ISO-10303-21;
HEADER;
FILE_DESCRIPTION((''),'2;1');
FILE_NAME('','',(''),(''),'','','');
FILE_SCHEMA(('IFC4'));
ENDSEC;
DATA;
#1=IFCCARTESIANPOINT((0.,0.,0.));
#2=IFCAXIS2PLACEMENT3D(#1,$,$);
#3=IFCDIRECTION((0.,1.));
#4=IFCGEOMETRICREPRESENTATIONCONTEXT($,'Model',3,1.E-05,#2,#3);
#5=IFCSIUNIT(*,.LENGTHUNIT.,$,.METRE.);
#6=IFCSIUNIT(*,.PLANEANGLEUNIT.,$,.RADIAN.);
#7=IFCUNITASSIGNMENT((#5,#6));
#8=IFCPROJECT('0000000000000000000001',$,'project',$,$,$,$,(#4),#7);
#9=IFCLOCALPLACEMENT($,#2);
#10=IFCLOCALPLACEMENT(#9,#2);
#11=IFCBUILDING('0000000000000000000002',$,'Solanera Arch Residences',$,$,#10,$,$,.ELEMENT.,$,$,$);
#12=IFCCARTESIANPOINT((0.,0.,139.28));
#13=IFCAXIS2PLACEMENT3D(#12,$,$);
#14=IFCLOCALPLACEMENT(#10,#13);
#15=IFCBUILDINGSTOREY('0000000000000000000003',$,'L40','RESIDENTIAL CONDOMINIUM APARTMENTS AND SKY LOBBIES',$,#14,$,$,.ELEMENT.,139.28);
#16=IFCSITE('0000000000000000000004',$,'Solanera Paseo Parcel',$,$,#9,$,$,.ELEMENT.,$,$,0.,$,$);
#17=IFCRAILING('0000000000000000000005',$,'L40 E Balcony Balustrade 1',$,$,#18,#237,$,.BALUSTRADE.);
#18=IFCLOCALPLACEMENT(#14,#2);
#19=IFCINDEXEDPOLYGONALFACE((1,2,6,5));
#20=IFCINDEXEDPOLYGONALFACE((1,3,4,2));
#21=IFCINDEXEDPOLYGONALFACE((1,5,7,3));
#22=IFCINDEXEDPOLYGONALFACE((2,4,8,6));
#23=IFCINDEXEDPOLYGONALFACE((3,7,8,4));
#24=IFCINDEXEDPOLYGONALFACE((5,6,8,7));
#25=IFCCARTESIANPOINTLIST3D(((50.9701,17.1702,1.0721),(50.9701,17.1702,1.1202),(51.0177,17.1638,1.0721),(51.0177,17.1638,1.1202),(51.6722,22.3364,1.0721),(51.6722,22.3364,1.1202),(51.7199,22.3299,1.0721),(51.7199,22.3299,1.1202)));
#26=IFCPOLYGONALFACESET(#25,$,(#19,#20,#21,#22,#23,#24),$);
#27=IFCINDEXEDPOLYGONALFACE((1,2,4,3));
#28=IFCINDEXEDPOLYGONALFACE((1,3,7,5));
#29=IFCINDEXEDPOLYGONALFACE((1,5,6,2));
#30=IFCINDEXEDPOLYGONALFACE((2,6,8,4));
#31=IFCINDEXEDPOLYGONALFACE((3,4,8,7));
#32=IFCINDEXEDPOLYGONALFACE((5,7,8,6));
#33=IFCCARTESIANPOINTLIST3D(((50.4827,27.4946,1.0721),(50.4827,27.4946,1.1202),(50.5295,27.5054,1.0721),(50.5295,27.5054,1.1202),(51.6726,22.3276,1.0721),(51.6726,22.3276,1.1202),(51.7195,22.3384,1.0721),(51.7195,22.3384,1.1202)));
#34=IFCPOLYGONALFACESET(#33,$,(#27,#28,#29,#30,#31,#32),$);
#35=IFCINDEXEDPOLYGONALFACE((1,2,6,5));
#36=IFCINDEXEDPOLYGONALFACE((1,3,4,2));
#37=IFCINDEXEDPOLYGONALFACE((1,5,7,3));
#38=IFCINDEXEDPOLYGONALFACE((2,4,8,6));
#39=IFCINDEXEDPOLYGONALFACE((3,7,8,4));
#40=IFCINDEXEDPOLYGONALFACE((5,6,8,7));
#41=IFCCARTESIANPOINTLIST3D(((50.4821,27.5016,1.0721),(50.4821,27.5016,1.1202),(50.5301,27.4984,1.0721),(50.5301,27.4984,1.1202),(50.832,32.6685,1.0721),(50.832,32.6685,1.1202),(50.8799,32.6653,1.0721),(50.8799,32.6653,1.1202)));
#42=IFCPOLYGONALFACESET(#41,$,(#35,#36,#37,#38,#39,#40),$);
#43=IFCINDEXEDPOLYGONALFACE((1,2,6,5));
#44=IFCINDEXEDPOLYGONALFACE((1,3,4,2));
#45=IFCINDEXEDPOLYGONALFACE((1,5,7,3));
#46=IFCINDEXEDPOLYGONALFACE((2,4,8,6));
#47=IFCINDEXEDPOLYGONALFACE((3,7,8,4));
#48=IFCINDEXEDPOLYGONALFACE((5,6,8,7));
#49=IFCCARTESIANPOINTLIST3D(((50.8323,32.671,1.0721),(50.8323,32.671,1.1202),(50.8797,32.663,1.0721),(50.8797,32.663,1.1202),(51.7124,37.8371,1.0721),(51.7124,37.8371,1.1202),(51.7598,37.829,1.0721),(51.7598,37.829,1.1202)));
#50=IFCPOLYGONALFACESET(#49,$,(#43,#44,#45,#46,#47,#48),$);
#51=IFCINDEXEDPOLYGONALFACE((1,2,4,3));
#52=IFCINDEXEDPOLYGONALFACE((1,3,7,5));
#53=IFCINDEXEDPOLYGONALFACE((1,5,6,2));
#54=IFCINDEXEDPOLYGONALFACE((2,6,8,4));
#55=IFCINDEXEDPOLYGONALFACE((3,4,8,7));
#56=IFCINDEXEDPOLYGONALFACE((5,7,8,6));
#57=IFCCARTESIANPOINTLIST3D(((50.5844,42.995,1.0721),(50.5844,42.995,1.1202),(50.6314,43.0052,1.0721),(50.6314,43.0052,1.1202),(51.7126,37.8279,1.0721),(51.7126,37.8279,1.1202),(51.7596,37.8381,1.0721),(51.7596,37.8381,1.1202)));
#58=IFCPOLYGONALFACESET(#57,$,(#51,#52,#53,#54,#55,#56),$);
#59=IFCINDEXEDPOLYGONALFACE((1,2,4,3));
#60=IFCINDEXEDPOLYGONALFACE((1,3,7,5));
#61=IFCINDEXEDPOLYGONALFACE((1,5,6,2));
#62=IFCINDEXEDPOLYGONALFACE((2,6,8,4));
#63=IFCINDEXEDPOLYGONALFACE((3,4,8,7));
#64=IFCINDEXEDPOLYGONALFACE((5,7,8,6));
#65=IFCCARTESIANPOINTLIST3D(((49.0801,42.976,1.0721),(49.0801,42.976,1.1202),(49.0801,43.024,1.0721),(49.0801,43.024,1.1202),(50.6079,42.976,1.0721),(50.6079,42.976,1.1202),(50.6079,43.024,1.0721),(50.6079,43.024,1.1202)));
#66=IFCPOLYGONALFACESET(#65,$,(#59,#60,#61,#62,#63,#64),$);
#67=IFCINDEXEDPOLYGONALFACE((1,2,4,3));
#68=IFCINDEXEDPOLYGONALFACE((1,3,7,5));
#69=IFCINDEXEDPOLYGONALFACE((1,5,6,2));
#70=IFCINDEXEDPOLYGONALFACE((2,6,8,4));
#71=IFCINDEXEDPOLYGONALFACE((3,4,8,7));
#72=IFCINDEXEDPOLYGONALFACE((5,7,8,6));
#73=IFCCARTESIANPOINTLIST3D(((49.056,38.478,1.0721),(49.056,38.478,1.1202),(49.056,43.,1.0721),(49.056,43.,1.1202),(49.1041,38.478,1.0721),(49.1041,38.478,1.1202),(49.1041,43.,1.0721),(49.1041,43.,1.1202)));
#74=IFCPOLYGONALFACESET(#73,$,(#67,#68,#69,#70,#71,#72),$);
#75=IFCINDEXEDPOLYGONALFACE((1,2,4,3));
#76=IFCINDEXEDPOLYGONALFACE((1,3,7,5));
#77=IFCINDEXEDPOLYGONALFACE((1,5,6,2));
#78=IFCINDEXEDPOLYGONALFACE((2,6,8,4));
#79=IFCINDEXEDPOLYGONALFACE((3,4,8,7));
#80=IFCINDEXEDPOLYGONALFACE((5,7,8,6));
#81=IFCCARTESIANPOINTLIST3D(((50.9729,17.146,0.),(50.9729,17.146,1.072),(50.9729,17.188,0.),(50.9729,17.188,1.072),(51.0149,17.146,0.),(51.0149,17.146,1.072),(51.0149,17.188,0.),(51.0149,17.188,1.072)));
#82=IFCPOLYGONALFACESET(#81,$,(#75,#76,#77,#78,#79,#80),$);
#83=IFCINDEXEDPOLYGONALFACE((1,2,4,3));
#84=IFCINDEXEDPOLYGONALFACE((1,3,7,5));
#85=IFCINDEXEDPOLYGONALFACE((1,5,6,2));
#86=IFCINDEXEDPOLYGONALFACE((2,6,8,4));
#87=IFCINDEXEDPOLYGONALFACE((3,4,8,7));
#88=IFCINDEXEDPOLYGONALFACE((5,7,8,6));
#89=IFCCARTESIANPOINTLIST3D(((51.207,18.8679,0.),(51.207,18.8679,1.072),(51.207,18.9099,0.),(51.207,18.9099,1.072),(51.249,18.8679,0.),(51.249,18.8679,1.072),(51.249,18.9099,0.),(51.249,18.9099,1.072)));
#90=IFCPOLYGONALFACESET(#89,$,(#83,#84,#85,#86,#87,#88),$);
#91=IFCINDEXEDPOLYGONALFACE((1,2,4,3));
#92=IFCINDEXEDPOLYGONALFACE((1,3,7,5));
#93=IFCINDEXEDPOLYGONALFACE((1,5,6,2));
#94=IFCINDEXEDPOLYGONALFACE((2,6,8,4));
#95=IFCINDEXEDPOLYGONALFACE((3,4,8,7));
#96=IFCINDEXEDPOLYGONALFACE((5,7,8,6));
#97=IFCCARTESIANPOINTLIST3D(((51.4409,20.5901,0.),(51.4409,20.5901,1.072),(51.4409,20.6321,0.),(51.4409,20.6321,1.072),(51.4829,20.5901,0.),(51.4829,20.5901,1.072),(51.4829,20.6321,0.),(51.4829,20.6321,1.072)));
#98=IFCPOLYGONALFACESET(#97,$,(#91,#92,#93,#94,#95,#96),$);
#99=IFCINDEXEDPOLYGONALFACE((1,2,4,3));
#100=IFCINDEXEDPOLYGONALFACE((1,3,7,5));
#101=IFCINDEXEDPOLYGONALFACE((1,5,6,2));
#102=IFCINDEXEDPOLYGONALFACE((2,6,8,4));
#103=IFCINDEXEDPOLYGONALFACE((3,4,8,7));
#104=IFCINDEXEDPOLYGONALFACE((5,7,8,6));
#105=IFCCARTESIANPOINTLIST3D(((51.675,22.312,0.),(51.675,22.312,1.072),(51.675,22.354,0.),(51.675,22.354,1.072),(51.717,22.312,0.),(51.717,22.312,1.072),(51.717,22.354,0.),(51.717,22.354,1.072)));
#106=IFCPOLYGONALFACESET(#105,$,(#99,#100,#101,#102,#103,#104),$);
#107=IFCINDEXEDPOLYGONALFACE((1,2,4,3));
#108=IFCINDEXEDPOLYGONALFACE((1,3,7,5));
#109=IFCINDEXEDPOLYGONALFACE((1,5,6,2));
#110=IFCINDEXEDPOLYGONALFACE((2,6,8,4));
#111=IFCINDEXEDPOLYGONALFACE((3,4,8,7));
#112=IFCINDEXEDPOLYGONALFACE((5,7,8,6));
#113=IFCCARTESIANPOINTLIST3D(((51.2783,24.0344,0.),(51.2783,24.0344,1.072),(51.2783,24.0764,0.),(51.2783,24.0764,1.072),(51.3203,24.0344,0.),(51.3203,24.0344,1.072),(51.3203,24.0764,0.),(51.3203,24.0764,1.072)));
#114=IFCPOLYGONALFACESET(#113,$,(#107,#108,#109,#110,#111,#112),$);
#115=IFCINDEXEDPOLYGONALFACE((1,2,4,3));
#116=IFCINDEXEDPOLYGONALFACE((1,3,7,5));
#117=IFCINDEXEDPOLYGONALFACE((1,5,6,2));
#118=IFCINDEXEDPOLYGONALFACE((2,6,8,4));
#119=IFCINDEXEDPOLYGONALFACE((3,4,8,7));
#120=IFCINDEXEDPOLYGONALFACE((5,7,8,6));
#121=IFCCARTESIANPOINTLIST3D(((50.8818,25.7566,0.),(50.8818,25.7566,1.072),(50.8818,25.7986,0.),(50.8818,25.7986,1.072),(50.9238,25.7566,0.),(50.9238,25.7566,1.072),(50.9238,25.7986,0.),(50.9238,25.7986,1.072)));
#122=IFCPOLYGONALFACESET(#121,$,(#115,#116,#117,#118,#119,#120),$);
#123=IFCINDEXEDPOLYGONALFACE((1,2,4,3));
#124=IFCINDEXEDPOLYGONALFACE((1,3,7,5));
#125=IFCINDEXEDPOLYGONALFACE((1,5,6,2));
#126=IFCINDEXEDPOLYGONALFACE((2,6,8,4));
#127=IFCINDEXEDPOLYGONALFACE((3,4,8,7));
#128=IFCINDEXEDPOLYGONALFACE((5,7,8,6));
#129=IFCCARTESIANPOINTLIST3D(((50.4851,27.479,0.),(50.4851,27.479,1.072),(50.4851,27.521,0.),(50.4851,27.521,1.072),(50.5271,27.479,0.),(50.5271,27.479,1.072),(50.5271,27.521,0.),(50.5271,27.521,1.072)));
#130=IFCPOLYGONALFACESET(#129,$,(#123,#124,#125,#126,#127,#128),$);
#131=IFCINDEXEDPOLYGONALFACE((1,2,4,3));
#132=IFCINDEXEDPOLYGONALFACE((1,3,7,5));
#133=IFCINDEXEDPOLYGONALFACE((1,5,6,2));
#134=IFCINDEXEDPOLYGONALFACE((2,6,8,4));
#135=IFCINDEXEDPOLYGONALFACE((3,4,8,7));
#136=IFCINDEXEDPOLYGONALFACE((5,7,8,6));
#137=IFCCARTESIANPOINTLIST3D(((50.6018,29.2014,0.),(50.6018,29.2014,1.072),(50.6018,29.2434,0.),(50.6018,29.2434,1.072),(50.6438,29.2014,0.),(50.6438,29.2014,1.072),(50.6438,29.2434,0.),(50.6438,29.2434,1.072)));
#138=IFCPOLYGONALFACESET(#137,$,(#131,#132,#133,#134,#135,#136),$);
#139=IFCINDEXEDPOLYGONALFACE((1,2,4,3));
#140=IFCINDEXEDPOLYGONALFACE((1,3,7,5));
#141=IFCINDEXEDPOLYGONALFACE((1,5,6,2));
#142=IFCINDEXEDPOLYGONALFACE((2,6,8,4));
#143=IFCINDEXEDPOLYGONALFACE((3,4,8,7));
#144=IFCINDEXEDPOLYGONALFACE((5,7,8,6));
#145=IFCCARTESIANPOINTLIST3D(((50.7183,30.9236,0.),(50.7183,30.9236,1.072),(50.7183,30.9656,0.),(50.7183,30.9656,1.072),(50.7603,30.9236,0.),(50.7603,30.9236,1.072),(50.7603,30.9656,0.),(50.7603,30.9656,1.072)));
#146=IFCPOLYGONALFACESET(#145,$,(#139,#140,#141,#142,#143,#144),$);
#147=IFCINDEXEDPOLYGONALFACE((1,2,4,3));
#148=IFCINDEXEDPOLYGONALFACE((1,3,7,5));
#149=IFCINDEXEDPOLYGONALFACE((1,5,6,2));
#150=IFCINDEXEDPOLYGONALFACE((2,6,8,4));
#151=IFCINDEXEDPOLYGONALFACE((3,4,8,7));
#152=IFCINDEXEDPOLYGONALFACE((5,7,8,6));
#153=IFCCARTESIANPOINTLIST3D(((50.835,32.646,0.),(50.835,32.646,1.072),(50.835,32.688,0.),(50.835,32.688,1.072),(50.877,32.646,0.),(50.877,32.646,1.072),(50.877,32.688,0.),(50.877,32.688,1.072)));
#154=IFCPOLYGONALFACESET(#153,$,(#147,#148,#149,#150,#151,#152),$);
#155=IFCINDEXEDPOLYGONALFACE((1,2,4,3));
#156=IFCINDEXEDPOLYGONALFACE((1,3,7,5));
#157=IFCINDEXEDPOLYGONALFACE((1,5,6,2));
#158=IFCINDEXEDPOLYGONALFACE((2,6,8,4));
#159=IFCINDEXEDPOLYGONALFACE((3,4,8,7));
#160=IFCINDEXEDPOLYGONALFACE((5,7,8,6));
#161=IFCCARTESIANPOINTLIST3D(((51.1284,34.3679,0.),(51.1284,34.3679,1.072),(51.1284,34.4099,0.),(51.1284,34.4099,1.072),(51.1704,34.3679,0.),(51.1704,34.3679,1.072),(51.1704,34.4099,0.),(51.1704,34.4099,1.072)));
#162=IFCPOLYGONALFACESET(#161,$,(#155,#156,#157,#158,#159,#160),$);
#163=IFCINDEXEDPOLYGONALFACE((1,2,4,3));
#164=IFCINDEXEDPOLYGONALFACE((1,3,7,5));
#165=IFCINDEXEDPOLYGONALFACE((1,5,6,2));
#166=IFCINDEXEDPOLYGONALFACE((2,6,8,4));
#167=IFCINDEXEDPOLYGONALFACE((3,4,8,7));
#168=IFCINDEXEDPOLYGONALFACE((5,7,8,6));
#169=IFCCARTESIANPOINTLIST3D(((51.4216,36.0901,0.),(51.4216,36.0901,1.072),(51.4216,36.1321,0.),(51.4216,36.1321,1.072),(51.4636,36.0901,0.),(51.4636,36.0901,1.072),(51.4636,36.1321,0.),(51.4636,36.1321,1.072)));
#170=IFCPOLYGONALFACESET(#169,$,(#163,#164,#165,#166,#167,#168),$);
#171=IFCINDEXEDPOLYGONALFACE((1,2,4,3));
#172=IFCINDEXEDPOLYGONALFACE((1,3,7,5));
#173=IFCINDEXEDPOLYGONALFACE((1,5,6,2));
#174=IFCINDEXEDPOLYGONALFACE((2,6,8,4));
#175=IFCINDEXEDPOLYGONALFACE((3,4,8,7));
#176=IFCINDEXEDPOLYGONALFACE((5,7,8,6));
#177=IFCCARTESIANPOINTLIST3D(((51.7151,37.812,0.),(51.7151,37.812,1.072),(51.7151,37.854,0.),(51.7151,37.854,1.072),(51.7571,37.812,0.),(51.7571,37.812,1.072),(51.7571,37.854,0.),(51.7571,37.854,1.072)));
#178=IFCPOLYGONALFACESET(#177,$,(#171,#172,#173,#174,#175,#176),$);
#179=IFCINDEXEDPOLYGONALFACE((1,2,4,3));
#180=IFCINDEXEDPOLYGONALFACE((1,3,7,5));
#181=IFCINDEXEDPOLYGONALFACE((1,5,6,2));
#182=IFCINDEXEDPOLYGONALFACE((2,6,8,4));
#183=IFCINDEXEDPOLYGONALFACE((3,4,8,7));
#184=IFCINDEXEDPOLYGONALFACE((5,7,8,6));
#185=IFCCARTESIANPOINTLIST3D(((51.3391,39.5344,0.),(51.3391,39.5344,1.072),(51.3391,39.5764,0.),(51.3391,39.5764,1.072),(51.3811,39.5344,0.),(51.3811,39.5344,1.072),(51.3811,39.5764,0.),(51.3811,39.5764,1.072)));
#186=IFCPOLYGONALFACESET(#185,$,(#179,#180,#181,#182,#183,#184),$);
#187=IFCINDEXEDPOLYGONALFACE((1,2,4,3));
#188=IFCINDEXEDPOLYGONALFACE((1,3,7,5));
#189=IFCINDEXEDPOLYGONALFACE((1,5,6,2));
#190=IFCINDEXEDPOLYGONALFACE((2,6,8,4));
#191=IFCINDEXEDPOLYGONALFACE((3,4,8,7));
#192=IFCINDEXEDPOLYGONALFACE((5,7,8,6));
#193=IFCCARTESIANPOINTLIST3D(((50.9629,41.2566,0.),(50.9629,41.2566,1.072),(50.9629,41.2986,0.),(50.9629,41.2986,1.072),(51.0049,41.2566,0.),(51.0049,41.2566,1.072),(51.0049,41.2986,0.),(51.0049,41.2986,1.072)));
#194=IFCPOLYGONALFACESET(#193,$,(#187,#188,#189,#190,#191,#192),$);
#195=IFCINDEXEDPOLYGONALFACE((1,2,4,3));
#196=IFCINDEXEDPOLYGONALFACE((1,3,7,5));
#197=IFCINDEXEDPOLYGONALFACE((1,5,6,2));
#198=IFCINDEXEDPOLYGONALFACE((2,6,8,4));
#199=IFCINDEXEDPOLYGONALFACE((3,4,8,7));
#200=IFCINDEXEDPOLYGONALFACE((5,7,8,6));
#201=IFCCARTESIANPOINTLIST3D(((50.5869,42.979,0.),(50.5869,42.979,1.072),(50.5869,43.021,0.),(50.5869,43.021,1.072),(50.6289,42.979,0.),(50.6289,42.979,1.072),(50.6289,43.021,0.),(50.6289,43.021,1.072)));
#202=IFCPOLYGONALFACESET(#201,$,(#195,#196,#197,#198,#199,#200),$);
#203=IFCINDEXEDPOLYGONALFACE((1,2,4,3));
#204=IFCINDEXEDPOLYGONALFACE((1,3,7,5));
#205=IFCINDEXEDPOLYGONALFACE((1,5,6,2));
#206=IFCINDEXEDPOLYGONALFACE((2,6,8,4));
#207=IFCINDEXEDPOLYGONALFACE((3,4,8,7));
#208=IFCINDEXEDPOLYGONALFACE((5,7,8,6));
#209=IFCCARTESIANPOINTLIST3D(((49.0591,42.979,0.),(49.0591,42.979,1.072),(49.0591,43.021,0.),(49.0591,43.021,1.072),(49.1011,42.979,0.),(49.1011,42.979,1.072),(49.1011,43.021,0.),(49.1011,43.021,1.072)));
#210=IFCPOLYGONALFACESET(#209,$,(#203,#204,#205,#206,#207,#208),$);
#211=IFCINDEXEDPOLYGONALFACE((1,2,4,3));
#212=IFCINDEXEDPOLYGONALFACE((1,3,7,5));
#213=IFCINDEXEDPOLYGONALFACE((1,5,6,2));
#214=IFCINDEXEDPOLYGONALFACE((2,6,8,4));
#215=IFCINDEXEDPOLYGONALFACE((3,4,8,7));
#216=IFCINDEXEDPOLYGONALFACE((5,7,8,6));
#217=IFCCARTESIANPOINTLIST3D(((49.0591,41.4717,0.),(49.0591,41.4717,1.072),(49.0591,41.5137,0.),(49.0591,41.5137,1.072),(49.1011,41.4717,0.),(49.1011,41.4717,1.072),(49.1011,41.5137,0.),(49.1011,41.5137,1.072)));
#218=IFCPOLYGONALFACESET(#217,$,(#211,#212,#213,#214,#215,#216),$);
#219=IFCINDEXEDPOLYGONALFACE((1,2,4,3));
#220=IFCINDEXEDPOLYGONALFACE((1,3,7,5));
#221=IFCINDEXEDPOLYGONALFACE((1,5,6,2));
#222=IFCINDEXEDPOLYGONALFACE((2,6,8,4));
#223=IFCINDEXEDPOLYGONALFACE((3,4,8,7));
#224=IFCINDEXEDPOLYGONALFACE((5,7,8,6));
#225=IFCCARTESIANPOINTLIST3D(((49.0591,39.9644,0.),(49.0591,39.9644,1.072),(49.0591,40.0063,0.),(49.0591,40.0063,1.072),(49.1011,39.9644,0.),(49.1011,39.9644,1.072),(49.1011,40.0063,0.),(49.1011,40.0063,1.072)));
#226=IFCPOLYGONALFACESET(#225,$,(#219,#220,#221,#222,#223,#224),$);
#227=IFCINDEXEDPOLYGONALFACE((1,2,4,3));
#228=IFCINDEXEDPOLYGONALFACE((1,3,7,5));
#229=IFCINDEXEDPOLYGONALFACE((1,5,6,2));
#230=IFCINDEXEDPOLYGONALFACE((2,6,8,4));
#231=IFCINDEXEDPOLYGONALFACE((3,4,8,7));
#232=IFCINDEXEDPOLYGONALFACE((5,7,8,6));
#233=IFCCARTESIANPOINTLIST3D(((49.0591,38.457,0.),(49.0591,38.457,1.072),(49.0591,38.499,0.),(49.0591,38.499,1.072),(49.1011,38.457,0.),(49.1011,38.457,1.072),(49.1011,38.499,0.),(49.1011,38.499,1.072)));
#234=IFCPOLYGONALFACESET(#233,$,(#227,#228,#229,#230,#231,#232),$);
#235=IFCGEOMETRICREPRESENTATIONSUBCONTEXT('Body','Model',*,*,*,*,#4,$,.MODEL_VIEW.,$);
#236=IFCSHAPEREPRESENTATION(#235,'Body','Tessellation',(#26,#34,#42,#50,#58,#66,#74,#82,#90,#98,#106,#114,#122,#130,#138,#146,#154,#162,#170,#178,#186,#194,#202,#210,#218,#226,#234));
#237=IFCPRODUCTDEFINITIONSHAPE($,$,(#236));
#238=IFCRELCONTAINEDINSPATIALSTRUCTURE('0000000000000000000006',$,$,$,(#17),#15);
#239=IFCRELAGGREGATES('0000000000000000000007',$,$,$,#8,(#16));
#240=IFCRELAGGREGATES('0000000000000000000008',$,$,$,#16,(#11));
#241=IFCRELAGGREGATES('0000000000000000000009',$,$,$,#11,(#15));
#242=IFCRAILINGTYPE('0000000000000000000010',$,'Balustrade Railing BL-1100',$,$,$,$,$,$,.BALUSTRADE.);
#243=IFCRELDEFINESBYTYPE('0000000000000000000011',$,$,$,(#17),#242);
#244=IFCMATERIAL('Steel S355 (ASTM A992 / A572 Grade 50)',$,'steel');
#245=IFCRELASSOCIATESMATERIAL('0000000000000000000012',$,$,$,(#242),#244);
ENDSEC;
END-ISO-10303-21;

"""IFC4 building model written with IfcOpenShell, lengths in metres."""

from ifc_helpers import new_model, si_unit, direction, frame, origin, origin_2d, place, context, subcontext, project, spatial, rectangle, extrude, material, type_object, element, save


model = new_model("IFC4")

# Units and contexts
model_context = context("Model", 3, precision=1e-05, world=origin(), true_north=direction((0.0, 1.0)))
body_context = subcontext(model_context, "Body", "Model", "MODEL_VIEW")
ifc_project = project(units=[si_unit("LENGTHUNIT", "METRE"), si_unit("PLANEANGLEUNIT", "RADIAN")], contexts=[model_context])

# Site, building, storey
site_placement = place(None, origin())
site = spatial("IfcSite", under=ifc_project, at=site_placement, Name="Solanera Paseo Parcel", CompositionType="ELEMENT", RefElevation=0.0)
building_placement = place(site_placement, origin())
building = spatial("IfcBuilding", under=site, at=building_placement, Name="Solanera Arch Residences", CompositionType="ELEMENT")
storey_placement = place(building_placement, frame((0.0, 0.0, 139.28)))
storey = spatial("IfcBuildingStorey", under=building, at=storey_placement, Name="L40", Description="RESIDENTIAL CONDOMINIUM APARTMENTS AND SKY LOBBIES", CompositionType="ELEMENT", Elevation=139.28)

# Railing
ifc_material_1 = material(Name="Steel S355 (ASTM A992 / A572 Grade 50)", Category="steel")
railing_type = type_object("IfcRailingType", Name="Balustrade Railing BL-1100", PredefinedType="BALUSTRADE", material=ifc_material_1)
railing_1_placement = place(storey_placement, frame((50.9939, 17.167, 0.0)))
element("IfcRailing", 1, at=railing_1_placement, inside=storey, type_object=railing_type, Name="L40 E Balcony Balustrade 1", PredefinedType="BALUSTRADE", context=body_context, shape_type="SweptSolid", body=[
    extrude(rectangle(XDim=0.0481, YDim=0.0481, at=origin_2d()), frame((0.0, 0.0, 1.0962), z_axis=(0.134679, 0.990889, 0.0), x_axis=(-0.990889, 0.134679, 0.0)), (0.0, 0.0, 1.0), 5.2136),
    extrude(rectangle(XDim=0.0481, YDim=0.0481, at=origin_2d()), frame((0.7021, 5.166, 1.0962), z_axis=(-0.224422, 0.974492, 0.0), x_axis=(-0.974492, -0.224422, 0.0)), (0.0, 0.0, 1.0), 5.3022),
    extrude(rectangle(XDim=0.0481, YDim=0.0481, at=origin_2d()), frame((-0.4878, 10.333, 1.0962), z_axis=(0.067555, 0.997716, 0.0), x_axis=(-0.997716, 0.067555, 0.0)), (0.0, 0.0, 1.0), 5.1787),
    extrude(rectangle(XDim=0.0481, YDim=0.0481, at=origin_2d()), frame((-0.1379, 15.5, 1.0962), z_axis=(0.167949, 0.985796, 0.0), x_axis=(-0.985796, 0.167949, 0.0)), (0.0, 0.0, 1.0), 5.2405),
    extrude(rectangle(XDim=0.0481, YDim=0.0481, at=origin_2d()), frame((0.7422, 20.666, 1.0962), z_axis=(-0.213317, 0.976983, 0.0), x_axis=(-0.976983, -0.213317, 0.0)), (0.0, 0.0, 1.0), 5.2888),
    extrude(rectangle(XDim=0.0481, YDim=0.0481, at=origin_2d()), frame((-0.386, 25.833, 1.0962), z_axis=(-1.0, 0.0, 0.0), x_axis=(0.0, -1.0, 0.0)), (0.0, 0.0, 1.0), 1.5278),
    extrude(rectangle(XDim=0.0481, YDim=0.0481, at=origin_2d()), frame((-1.9138, 25.833, 1.0962), z_axis=(0.0, -1.0, 0.0), x_axis=(1.0, 0.0, 0.0)), (0.0, 0.0, 1.0), 4.522),
    extrude(rectangle(XDim=0.042, YDim=0.042, at=origin_2d()), origin(), (0.0, 0.0, 1.0), 1.072),
    extrude(rectangle(XDim=0.042, YDim=0.042, at=origin_2d()), frame((0.2341, 1.7219, 0.0)), (0.0, 0.0, 1.0), 1.072),
    extrude(rectangle(XDim=0.042, YDim=0.042, at=origin_2d()), frame((0.468, 3.4441, 0.0)), (0.0, 0.0, 1.0), 1.072),
    extrude(rectangle(XDim=0.042, YDim=0.042, at=origin_2d()), frame((0.7021, 5.166, 0.0)), (0.0, 0.0, 1.0), 1.072),
    extrude(rectangle(XDim=0.042, YDim=0.042, at=origin_2d()), frame((0.3054, 6.8884, 0.0)), (0.0, 0.0, 1.0), 1.072),
    extrude(rectangle(XDim=0.042, YDim=0.042, at=origin_2d()), frame((-0.0911, 8.6106, 0.0)), (0.0, 0.0, 1.0), 1.072),
    extrude(rectangle(XDim=0.042, YDim=0.042, at=origin_2d()), frame((-0.4878, 10.333, 0.0)), (0.0, 0.0, 1.0), 1.072),
    extrude(rectangle(XDim=0.042, YDim=0.042, at=origin_2d()), frame((-0.3711, 12.0554, 0.0)), (0.0, 0.0, 1.0), 1.072),
    extrude(rectangle(XDim=0.042, YDim=0.042, at=origin_2d()), frame((-0.2546, 13.7776, 0.0)), (0.0, 0.0, 1.0), 1.072),
    extrude(rectangle(XDim=0.042, YDim=0.042, at=origin_2d()), frame((-0.1379, 15.5, 0.0)), (0.0, 0.0, 1.0), 1.072),
    extrude(rectangle(XDim=0.042, YDim=0.042, at=origin_2d()), frame((0.1555, 17.2219, 0.0)), (0.0, 0.0, 1.0), 1.072),
    extrude(rectangle(XDim=0.042, YDim=0.042, at=origin_2d()), frame((0.4487, 18.9441, 0.0)), (0.0, 0.0, 1.0), 1.072),
    extrude(rectangle(XDim=0.042, YDim=0.042, at=origin_2d()), frame((0.7422, 20.666, 0.0)), (0.0, 0.0, 1.0), 1.072),
    extrude(rectangle(XDim=0.042, YDim=0.042, at=origin_2d()), frame((0.3662, 22.3884, 0.0)), (0.0, 0.0, 1.0), 1.072),
    extrude(rectangle(XDim=0.042, YDim=0.042, at=origin_2d()), frame((-0.01, 24.1106, 0.0)), (0.0, 0.0, 1.0), 1.072),
    extrude(rectangle(XDim=0.042, YDim=0.042, at=origin_2d()), frame((-0.386, 25.833, 0.0)), (0.0, 0.0, 1.0), 1.072),
    extrude(rectangle(XDim=0.042, YDim=0.042, at=origin_2d()), frame((-1.9138, 25.833, 0.0)), (0.0, 0.0, 1.0), 1.072),
    extrude(rectangle(XDim=0.042, YDim=0.042, at=origin_2d()), frame((-1.9138, 24.3257, 0.0)), (0.0, 0.0, 1.0), 1.072),
    extrude(rectangle(XDim=0.042, YDim=0.042, at=origin_2d()), frame((-1.9138, 22.8184, 0.0)), (0.0, 0.0, 1.0), 1.072),
    extrude(rectangle(XDim=0.042, YDim=0.042, at=origin_2d()), frame((-1.9138, 21.311, 0.0)), (0.0, 0.0, 1.0), 1.072),
])

save(model, "model.ifc")
